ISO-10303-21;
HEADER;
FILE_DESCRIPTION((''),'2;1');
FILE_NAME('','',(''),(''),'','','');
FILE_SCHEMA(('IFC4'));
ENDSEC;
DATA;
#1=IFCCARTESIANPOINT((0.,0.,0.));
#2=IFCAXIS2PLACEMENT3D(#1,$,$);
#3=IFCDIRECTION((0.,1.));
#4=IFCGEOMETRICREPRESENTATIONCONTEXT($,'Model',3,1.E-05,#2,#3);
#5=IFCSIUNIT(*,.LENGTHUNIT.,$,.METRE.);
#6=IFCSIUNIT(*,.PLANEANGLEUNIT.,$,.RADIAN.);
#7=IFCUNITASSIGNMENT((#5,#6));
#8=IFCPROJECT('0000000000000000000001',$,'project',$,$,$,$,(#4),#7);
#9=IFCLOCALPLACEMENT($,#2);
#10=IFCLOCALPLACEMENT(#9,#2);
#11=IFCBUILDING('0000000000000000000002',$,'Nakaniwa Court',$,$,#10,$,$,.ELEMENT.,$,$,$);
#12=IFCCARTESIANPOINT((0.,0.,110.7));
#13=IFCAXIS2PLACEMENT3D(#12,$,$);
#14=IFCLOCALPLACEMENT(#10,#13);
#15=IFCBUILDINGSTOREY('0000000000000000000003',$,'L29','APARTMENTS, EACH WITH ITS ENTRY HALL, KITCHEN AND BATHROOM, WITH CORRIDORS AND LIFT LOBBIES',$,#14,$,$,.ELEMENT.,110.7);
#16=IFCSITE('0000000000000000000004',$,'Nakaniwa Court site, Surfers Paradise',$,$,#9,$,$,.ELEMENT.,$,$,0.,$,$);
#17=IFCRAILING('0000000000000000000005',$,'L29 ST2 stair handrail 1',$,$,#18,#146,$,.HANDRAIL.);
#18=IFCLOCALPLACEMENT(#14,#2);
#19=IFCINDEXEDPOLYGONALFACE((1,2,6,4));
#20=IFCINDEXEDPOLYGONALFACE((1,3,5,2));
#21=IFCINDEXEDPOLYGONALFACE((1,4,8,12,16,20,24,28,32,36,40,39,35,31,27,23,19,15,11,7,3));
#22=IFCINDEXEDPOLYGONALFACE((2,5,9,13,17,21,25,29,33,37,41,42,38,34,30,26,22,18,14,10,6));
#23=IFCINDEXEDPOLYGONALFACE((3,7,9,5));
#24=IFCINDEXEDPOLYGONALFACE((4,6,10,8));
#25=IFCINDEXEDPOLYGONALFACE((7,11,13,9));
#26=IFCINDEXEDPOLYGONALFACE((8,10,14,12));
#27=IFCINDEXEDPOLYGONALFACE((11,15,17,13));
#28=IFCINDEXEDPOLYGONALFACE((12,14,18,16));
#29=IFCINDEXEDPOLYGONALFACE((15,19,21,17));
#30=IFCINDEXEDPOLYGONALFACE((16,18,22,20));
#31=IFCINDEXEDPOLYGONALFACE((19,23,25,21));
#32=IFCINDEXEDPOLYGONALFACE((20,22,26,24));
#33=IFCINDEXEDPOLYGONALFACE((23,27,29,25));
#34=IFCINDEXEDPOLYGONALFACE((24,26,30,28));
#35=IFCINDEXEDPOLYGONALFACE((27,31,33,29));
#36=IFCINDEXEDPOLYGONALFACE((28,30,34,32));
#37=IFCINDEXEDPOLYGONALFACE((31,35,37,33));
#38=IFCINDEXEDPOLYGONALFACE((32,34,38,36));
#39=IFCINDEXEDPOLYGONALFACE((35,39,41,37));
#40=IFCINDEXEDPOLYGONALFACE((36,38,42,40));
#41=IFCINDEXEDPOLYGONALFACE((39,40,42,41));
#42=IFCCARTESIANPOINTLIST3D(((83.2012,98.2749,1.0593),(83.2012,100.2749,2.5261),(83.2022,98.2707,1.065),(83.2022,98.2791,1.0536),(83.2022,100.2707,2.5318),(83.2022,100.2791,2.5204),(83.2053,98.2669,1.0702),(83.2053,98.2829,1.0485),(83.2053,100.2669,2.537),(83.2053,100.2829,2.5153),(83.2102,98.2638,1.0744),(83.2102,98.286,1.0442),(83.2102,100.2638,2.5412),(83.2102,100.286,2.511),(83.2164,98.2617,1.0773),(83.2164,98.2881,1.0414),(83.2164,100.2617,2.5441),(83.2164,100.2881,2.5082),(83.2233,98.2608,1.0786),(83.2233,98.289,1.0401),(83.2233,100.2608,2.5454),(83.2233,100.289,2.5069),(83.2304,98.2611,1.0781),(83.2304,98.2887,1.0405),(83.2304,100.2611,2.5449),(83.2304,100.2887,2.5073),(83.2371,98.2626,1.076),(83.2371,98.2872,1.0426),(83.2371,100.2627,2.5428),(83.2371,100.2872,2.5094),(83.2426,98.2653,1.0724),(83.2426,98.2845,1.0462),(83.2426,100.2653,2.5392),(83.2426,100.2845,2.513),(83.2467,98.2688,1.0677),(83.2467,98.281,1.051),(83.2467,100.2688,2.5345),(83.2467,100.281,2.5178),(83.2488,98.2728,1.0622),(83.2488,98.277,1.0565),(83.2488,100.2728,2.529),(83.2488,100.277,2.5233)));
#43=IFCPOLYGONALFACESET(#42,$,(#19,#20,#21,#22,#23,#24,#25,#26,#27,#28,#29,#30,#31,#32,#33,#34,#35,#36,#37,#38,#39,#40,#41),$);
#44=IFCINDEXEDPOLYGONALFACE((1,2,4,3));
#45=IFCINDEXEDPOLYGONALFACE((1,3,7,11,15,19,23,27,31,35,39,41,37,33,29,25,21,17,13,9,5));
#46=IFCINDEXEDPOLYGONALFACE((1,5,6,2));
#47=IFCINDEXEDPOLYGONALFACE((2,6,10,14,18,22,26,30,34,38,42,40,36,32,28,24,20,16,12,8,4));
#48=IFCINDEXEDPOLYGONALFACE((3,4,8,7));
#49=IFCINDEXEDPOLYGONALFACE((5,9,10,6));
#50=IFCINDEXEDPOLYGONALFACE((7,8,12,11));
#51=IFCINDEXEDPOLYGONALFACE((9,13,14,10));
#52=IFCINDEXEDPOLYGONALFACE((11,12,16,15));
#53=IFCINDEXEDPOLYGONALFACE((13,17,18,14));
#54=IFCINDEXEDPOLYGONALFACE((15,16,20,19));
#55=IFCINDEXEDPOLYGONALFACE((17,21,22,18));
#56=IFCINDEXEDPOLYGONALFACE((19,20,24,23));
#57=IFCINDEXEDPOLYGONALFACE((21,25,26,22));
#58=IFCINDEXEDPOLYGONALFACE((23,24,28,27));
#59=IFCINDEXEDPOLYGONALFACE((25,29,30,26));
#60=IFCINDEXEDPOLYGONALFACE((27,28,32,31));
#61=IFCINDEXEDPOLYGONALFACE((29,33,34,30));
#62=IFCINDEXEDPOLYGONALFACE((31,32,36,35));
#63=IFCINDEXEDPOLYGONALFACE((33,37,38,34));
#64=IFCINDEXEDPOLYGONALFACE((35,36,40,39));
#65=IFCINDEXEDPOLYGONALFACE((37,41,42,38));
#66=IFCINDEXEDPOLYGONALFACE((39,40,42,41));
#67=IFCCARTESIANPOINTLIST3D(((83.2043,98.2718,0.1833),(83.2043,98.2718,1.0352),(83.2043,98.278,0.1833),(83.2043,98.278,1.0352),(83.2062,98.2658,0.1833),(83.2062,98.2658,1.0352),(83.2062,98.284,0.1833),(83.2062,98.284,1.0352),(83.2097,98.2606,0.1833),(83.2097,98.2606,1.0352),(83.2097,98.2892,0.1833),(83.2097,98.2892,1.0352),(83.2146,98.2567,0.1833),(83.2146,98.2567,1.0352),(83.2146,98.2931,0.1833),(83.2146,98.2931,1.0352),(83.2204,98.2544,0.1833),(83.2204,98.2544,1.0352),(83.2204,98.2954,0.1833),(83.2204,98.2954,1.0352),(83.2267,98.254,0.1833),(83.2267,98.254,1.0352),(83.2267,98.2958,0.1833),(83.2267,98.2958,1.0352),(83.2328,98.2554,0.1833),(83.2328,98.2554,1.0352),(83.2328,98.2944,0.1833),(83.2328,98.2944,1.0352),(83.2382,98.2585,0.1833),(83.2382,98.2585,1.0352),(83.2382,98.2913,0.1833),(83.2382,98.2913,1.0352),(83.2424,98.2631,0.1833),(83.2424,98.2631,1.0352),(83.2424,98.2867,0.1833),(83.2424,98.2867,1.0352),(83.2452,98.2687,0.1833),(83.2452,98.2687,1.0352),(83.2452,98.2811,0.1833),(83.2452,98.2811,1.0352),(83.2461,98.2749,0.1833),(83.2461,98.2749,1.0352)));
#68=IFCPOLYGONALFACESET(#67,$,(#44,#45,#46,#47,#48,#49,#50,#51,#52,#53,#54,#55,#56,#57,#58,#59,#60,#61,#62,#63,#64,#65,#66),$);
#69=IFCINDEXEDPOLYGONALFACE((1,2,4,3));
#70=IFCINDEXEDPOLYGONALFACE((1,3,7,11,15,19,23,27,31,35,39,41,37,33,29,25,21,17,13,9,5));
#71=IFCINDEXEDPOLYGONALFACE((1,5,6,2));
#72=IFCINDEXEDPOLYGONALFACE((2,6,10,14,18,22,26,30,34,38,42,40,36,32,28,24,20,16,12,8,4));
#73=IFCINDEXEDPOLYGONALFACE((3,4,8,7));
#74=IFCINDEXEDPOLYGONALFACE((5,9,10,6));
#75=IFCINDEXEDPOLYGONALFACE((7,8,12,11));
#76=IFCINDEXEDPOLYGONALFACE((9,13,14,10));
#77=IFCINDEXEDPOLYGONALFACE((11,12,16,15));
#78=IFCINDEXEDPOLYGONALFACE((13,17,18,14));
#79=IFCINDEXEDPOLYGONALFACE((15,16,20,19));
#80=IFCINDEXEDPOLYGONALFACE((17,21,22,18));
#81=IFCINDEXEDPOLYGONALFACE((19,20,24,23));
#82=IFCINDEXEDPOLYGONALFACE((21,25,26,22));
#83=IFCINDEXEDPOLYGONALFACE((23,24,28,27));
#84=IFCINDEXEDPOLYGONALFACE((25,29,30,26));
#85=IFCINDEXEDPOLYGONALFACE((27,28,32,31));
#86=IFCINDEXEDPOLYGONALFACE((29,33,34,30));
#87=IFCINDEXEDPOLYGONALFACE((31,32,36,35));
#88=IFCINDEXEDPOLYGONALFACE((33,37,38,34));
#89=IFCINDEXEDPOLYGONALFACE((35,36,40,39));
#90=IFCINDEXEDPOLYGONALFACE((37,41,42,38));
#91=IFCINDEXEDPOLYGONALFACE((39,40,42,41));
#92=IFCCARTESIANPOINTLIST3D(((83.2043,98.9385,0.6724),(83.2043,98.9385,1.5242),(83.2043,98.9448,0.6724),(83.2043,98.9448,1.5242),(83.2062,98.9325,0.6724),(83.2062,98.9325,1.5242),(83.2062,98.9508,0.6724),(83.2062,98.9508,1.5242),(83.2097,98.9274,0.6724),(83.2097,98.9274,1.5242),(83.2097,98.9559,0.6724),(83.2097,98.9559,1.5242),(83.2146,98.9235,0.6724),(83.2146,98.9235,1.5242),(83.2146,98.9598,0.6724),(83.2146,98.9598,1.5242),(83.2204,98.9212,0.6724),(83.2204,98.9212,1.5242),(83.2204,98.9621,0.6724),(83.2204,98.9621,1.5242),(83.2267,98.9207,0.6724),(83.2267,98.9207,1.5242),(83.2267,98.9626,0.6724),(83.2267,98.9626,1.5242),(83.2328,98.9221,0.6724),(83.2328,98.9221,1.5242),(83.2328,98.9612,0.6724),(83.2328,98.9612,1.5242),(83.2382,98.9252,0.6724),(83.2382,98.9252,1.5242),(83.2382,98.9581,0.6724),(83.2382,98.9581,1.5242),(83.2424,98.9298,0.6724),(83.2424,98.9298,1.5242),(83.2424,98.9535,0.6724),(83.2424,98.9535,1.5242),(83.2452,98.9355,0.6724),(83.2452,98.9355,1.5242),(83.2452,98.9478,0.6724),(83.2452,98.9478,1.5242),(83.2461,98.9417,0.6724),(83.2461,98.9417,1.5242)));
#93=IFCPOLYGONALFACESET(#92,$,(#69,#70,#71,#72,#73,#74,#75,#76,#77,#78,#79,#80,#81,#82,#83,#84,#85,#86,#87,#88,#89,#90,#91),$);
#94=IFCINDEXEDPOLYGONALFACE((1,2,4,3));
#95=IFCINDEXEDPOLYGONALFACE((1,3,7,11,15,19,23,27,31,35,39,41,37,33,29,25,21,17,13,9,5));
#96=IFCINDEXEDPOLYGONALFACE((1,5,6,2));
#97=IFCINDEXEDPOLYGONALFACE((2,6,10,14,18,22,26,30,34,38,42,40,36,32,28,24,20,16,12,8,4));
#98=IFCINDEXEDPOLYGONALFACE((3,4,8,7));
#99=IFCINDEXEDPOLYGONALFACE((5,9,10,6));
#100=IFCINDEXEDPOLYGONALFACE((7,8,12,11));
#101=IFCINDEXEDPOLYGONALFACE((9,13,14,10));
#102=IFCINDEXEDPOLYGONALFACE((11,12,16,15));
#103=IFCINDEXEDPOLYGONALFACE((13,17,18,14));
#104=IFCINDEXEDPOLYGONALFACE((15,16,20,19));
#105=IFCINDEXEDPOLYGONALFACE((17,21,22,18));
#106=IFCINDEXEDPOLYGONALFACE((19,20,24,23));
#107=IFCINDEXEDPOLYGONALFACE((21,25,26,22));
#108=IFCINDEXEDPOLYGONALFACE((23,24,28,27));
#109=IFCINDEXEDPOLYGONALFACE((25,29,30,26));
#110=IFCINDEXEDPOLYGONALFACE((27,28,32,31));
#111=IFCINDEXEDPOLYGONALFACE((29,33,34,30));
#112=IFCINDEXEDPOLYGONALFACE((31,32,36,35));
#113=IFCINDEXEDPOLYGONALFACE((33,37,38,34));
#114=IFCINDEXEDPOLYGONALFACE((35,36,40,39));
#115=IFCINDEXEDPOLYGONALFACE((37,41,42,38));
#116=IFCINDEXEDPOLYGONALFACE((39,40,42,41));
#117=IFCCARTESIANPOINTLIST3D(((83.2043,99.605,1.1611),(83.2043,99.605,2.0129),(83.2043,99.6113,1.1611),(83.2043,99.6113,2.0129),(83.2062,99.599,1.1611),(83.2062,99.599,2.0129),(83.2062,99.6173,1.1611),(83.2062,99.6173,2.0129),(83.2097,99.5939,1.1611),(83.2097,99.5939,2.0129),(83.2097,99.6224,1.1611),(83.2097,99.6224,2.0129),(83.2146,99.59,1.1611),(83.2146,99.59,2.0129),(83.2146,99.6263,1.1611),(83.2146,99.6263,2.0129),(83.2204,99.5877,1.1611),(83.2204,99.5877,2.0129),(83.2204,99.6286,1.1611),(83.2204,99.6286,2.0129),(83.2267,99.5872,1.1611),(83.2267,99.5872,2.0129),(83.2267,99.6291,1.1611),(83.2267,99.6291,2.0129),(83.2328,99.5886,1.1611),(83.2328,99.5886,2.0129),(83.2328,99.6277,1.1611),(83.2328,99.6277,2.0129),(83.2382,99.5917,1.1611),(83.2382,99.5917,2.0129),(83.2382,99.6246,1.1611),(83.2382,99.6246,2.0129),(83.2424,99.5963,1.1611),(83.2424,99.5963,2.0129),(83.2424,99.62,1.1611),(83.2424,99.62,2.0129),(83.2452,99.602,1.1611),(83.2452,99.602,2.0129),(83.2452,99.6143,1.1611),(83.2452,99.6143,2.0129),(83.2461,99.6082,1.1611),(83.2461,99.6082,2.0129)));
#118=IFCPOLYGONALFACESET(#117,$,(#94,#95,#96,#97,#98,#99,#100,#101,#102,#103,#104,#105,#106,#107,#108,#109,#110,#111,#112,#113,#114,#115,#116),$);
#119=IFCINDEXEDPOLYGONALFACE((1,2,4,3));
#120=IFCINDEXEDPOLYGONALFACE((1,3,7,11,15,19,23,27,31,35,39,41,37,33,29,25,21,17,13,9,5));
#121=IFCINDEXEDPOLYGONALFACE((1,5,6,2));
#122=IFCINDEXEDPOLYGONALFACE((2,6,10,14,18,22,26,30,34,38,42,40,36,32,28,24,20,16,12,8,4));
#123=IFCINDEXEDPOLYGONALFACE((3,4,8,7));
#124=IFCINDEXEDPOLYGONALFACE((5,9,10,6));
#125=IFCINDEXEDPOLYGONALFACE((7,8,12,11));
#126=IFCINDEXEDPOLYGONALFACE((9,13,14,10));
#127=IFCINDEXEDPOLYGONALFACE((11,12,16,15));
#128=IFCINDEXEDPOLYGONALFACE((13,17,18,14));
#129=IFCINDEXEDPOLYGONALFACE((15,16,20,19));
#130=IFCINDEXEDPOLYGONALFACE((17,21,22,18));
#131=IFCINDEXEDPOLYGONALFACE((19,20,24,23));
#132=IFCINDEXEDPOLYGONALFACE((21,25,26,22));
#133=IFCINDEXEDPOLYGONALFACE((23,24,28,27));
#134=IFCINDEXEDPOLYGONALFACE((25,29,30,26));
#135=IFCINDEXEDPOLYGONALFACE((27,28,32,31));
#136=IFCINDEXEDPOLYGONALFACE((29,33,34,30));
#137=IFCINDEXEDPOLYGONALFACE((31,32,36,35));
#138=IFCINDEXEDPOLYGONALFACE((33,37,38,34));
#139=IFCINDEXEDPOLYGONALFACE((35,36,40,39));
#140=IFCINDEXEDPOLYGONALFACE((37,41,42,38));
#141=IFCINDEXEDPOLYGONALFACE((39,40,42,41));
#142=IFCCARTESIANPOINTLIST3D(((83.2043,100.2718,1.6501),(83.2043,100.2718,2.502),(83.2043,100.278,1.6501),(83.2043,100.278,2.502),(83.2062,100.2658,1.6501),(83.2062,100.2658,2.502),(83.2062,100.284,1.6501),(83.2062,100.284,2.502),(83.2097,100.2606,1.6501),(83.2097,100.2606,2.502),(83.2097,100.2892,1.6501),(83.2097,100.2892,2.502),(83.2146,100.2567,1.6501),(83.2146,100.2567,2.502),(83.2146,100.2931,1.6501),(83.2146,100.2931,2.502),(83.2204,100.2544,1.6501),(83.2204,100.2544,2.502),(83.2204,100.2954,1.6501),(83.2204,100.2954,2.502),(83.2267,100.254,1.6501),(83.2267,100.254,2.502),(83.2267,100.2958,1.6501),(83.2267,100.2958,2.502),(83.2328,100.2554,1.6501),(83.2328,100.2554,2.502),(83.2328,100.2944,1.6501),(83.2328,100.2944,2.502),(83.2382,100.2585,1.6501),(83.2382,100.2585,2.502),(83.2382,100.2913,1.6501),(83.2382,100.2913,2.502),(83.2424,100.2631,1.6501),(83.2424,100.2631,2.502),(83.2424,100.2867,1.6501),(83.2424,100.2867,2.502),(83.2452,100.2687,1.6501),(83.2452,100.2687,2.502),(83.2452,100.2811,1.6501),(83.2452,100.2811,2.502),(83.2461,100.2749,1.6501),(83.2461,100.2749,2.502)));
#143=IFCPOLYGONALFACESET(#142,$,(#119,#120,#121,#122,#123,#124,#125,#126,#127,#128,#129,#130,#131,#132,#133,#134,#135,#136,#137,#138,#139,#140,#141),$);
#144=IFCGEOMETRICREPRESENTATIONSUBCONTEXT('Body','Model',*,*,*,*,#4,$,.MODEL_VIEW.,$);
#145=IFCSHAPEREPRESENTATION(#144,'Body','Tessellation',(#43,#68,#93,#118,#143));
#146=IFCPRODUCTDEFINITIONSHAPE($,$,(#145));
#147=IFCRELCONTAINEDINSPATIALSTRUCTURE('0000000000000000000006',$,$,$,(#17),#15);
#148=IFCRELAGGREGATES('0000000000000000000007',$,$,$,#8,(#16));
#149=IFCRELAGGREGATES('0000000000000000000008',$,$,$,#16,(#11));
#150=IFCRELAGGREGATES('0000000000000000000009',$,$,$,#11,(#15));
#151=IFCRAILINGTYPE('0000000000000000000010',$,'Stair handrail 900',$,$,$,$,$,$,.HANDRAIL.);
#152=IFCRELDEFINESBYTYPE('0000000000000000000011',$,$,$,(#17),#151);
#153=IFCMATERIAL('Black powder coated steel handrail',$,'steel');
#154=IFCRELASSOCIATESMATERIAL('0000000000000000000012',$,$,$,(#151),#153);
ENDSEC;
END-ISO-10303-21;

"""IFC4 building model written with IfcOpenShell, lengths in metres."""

from ifc_helpers import new_model, si_unit, direction, frame, origin, origin_2d, place, context, subcontext, project, spatial, circle, extrude, material, type_object, element, save


model = new_model("IFC4")

# Units and contexts
model_context = context("Model", 3, precision=1e-05, world=origin(), true_north=direction((0.0, 1.0)))
body_context = subcontext(model_context, "Body", "Model", "MODEL_VIEW")
ifc_project = project(units=[si_unit("LENGTHUNIT", "METRE"), si_unit("PLANEANGLEUNIT", "RADIAN")], contexts=[model_context])

# Site, building, storey
site_placement = place(None, origin())
site = spatial("IfcSite", under=ifc_project, at=site_placement, Name="Nakaniwa Court site, Surfers Paradise", CompositionType="ELEMENT", RefElevation=0.0)
building_placement = place(site_placement, origin())
building = spatial("IfcBuilding", under=site, at=building_placement, Name="Nakaniwa Court", CompositionType="ELEMENT")
storey_placement = place(building_placement, frame((0.0, 0.0, 110.7)))
storey = spatial("IfcBuildingStorey", under=building, at=storey_placement, Name="L29", Description="APARTMENTS, EACH WITH ITS ENTRY HALL, KITCHEN AND BATHROOM, WITH CORRIDORS AND LIFT LOBBIES", CompositionType="ELEMENT", Elevation=110.7)

# Railing
ifc_material_1 = material(Name="Black powder coated steel handrail", Category="steel")
railing_type_1 = type_object("IfcRailingType", Name="Stair handrail 900", PredefinedType="HANDRAIL", material=ifc_material_1)
railing_1_placement = place(storey_placement, frame((83.2251, 98.2749, 0.1833)))
element("IfcRailing", 1, at=railing_1_placement, inside=storey, type_object=railing_type_1, Name="L29 ST2 stair handrail 1", PredefinedType="HANDRAIL", context=body_context, shape_type="SweptSolid", body=[
    extrude(circle(Radius=0.0239, at=origin_2d()), frame((0.0, 0.0, 0.876), z_axis=(0.0, 0.80638, 0.591398), x_axis=(-1.0, 0.0, 0.0)), (0.0, 0.0, 1.0), 2.4802),
    extrude(circle(Radius=0.021, at=origin_2d()), origin(), (0.0, 0.0, 1.0), 0.8518),
    extrude(circle(Radius=0.021, at=origin_2d()), frame((0.0, 0.6667, 0.489)), (0.0, 0.0, 1.0), 0.8518),
    extrude(circle(Radius=0.021, at=origin_2d()), frame((0.0, 1.3333, 0.9778)), (0.0, 0.0, 1.0), 0.8518),
    extrude(circle(Radius=0.021, at=origin_2d()), frame((0.0, 2.0, 1.4668)), (0.0, 0.0, 1.0), 0.8518),
])

save(model, "model.ifc")
